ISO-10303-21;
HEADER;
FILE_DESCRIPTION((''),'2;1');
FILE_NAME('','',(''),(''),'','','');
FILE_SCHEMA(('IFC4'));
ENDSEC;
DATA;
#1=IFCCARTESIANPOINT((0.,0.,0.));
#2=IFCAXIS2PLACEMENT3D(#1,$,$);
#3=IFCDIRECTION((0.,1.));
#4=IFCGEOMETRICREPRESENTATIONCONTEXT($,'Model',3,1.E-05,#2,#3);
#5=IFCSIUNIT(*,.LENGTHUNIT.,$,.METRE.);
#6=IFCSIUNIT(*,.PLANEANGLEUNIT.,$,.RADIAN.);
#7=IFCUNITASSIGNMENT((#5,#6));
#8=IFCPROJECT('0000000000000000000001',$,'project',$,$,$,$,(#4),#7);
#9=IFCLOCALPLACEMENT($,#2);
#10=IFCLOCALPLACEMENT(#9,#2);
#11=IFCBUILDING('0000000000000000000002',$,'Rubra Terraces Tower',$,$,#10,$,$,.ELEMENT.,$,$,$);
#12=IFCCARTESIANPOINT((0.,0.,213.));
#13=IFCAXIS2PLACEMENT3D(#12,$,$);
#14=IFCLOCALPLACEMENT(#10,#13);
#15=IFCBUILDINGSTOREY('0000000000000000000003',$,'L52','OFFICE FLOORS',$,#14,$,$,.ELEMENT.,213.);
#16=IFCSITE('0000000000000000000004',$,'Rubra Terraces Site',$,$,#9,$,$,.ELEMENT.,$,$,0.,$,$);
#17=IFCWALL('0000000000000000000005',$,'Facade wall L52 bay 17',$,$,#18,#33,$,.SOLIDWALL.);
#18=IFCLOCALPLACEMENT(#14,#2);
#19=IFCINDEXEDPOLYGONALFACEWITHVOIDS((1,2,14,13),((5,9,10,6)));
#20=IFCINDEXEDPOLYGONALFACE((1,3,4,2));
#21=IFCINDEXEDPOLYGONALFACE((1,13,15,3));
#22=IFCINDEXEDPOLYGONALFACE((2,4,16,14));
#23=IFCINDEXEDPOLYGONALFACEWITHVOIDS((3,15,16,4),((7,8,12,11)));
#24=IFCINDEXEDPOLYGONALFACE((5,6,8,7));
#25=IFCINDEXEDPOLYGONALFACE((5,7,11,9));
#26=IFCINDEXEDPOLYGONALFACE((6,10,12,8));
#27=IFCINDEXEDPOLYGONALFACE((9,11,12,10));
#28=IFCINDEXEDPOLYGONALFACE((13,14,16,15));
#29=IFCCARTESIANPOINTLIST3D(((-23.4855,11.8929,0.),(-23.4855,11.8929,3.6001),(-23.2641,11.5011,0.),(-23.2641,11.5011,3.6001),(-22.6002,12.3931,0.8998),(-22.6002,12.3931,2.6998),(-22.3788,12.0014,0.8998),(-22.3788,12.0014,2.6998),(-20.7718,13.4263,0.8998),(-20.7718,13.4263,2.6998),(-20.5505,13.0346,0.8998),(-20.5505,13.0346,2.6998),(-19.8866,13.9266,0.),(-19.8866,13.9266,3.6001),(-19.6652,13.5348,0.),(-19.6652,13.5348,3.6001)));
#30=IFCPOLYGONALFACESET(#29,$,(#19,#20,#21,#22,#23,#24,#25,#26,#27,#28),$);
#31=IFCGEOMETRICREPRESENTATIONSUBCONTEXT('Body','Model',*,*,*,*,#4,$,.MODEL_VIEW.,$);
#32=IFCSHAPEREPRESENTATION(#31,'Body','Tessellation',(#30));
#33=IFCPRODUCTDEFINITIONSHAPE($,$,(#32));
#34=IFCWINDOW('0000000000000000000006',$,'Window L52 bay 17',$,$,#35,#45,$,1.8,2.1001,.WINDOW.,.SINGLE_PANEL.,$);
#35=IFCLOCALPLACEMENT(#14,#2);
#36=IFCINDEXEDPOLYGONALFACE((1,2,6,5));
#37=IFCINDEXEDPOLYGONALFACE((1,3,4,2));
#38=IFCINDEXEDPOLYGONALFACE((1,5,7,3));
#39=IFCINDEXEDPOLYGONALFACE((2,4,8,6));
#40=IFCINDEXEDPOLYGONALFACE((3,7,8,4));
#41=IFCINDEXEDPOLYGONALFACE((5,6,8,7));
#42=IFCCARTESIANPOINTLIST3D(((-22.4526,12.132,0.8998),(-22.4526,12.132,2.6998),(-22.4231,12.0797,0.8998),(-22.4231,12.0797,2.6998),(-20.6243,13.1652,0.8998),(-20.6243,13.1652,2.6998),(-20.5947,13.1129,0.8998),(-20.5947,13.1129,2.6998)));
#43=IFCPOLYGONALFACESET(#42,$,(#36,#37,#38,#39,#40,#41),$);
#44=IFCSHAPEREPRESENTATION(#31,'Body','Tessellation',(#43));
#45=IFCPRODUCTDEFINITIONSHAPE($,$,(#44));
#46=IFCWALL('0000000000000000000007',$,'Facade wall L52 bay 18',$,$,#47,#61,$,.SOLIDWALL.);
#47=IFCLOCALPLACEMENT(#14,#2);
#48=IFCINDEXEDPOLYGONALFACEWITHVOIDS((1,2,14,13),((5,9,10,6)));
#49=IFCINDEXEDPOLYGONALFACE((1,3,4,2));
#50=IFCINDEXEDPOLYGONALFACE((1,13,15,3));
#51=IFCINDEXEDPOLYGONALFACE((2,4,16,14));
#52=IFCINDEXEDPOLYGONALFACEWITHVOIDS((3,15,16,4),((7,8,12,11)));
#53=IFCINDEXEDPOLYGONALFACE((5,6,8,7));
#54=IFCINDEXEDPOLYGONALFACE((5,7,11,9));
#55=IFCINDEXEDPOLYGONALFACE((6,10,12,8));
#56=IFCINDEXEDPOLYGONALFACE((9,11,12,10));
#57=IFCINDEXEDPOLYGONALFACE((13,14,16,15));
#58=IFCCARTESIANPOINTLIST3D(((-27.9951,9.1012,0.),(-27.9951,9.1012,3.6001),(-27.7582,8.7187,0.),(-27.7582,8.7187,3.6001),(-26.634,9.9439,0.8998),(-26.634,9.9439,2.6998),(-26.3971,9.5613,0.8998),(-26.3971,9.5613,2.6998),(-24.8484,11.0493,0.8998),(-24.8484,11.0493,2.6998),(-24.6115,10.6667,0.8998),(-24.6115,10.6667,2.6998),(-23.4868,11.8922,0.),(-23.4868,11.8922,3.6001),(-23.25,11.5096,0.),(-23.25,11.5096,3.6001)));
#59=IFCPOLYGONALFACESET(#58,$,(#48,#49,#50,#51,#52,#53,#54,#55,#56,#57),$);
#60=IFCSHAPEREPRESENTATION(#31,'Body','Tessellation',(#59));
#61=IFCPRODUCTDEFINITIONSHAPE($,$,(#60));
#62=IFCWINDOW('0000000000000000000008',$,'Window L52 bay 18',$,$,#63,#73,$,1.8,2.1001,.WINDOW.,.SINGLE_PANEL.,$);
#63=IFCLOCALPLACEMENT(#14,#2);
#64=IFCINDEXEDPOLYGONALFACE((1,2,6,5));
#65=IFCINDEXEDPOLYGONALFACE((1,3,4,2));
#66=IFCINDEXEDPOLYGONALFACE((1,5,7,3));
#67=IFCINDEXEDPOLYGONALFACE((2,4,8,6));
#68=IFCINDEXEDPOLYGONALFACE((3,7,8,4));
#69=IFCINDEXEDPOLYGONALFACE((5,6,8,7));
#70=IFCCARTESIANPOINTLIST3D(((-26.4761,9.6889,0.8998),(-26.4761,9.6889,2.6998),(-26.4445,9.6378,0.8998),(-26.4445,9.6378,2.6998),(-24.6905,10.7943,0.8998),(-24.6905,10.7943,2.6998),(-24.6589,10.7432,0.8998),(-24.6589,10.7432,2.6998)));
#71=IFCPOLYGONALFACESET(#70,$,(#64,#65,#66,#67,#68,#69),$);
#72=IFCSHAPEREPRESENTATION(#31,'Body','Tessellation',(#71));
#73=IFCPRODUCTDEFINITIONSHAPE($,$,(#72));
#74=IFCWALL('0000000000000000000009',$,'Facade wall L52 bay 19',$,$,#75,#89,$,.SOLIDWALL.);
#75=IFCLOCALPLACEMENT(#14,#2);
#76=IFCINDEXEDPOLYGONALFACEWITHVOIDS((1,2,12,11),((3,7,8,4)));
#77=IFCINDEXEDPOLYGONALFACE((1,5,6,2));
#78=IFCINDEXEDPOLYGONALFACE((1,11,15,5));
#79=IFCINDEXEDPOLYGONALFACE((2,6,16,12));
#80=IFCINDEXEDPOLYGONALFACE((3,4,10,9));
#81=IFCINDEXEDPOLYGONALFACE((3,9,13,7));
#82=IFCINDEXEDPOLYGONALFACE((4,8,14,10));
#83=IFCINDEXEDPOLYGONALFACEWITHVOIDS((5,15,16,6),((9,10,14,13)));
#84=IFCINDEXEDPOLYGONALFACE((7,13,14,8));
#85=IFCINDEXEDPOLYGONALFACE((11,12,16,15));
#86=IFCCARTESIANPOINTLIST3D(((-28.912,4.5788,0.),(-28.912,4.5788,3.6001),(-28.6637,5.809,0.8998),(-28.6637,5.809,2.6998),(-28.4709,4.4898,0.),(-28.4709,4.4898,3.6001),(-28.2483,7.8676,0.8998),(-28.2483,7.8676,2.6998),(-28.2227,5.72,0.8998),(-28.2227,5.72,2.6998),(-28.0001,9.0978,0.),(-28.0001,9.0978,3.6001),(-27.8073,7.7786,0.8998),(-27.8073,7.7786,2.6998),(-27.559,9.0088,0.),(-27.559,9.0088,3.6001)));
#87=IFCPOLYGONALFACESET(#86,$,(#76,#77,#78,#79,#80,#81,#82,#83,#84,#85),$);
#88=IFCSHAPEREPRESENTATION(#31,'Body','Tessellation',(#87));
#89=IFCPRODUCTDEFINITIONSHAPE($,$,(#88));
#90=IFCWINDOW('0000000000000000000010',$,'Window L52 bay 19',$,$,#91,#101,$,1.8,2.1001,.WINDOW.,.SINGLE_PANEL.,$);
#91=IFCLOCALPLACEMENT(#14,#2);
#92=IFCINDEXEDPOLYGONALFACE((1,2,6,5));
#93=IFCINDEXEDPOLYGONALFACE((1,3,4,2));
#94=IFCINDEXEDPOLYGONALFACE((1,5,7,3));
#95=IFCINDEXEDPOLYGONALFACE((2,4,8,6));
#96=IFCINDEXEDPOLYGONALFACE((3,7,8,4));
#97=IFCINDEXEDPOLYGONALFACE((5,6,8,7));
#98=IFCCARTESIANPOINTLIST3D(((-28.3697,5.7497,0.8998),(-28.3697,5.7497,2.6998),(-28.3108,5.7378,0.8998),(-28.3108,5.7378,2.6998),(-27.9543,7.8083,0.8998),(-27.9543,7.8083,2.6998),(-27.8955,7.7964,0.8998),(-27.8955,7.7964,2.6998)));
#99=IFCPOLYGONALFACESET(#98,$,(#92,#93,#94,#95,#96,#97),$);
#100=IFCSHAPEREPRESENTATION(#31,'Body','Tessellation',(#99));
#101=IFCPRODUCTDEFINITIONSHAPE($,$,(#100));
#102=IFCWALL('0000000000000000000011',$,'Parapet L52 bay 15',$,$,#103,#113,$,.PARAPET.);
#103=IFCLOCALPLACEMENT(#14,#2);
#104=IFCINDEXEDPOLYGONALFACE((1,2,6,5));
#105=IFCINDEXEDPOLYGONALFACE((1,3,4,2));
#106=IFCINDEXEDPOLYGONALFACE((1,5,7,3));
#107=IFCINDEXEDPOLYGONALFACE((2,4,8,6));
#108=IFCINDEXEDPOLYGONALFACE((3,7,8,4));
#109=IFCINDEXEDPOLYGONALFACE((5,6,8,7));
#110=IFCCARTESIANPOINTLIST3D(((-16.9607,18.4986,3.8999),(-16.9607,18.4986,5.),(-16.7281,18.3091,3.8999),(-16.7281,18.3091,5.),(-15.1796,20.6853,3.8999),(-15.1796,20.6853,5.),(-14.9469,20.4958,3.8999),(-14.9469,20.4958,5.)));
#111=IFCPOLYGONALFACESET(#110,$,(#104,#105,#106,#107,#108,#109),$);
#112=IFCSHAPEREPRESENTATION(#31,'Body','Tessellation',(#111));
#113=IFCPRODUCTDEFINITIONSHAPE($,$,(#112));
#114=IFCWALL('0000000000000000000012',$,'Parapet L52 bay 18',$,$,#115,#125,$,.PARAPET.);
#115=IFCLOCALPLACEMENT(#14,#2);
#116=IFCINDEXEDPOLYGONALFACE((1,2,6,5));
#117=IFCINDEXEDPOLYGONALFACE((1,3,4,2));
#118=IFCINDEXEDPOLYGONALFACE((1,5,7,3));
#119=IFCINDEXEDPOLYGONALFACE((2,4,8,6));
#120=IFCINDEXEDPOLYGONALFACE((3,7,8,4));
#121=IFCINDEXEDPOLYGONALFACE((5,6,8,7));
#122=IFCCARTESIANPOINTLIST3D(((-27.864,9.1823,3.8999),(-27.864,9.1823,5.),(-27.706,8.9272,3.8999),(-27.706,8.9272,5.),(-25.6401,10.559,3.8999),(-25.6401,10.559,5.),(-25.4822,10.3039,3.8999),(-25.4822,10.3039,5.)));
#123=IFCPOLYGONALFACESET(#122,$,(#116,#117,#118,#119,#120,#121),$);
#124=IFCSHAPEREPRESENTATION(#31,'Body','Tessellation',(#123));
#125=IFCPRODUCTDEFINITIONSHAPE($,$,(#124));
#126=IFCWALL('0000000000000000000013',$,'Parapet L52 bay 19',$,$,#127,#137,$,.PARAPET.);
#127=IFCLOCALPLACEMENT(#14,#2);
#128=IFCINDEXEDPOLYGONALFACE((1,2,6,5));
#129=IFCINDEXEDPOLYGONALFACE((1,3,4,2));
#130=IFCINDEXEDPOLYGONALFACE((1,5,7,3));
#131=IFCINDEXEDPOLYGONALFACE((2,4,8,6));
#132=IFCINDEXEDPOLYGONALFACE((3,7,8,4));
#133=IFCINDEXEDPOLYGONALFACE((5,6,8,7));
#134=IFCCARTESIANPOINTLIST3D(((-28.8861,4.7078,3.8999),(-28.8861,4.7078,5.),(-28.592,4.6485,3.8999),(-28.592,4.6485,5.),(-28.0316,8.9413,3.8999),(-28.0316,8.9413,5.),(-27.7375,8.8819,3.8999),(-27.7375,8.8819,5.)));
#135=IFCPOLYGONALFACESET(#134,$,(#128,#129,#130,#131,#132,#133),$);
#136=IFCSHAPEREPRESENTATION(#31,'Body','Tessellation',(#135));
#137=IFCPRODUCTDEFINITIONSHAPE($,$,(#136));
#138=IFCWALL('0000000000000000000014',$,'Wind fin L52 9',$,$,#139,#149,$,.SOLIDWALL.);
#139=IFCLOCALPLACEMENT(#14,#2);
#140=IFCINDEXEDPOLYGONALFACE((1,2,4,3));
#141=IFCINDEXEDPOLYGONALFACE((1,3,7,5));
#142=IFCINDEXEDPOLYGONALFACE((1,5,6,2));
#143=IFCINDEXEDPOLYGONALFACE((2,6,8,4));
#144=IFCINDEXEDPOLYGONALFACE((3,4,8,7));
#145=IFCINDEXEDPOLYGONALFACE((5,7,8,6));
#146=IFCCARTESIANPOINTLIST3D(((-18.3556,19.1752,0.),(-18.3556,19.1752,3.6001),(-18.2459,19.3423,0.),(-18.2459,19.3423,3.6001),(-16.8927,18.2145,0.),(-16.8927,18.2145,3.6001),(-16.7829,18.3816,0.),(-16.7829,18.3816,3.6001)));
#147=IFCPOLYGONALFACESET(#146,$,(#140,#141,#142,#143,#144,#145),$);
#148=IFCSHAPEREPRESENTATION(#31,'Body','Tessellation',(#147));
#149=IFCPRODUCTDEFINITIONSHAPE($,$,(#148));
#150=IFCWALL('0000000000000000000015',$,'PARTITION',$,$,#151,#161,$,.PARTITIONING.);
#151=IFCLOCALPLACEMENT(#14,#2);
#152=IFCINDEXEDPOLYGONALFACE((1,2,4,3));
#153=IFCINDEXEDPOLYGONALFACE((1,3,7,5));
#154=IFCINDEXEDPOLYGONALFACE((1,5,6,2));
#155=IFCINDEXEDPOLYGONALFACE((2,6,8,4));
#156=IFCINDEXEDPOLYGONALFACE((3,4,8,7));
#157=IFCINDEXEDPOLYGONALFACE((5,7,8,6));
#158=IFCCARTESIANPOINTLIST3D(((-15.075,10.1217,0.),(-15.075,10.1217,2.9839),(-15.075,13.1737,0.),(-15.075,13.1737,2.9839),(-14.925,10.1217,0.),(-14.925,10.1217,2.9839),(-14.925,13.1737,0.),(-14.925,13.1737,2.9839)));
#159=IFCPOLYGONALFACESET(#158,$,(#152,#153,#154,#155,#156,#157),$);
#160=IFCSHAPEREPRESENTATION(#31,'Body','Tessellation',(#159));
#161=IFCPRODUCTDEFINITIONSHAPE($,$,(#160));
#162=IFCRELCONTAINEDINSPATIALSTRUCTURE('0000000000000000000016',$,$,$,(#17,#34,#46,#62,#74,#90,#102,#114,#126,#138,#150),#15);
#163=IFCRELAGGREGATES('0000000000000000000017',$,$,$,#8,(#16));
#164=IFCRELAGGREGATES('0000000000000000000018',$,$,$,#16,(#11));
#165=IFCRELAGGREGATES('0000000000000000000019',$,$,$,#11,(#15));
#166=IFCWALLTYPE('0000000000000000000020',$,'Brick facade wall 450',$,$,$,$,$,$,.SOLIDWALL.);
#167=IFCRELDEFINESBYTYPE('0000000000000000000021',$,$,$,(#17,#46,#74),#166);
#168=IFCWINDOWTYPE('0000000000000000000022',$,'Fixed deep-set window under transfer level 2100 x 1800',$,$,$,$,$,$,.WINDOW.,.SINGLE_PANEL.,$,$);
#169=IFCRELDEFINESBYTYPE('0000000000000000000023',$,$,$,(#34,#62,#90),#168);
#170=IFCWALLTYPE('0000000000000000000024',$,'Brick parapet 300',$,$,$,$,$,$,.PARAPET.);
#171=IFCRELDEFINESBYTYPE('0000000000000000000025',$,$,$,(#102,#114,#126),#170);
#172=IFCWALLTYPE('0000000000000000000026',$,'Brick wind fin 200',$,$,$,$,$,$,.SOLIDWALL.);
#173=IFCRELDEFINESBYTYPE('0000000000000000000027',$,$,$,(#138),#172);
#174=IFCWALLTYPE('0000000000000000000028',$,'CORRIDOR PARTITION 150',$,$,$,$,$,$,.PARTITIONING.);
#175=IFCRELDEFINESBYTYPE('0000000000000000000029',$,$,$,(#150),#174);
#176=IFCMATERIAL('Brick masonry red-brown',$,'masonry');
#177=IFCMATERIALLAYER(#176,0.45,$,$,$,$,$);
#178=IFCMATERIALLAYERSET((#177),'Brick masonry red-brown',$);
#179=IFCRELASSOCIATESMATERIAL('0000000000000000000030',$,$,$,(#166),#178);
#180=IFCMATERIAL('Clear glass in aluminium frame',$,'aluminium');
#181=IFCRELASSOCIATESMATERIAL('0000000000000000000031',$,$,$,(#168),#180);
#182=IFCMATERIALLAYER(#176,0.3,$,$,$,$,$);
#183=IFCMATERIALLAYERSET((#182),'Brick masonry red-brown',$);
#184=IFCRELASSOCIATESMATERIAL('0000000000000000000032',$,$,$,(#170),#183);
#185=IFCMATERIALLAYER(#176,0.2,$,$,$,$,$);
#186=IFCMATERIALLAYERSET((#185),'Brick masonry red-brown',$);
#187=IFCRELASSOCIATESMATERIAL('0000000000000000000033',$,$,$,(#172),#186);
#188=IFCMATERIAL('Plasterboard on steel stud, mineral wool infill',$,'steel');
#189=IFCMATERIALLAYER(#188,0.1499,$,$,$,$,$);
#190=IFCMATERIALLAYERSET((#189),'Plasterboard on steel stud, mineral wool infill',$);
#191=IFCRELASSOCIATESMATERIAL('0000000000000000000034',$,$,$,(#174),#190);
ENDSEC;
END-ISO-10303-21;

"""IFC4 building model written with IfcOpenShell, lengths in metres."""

from ifc_helpers import new_model, si_unit, direction, frame, frame_2d, origin, place, context, subcontext, project, spatial, rectangle, extrude, material, layer, layer_set, type_object, element, fill, save


model = new_model("IFC4")

# Units and contexts
model_context = context("Model", 3, precision=1e-05, world=origin(), true_north=direction((0.0, 1.0)))
body_context = subcontext(model_context, "Body", "Model", "MODEL_VIEW")
ifc_project = project(units=[si_unit("LENGTHUNIT", "METRE"), si_unit("PLANEANGLEUNIT", "RADIAN")], contexts=[model_context])

# Site, building, storey
site_placement = place(None, origin())
site = spatial("IfcSite", under=ifc_project, at=site_placement, Name="Rubra Terraces Site", CompositionType="ELEMENT", RefElevation=0.0)
building_placement = place(site_placement, origin())
building = spatial("IfcBuilding", under=site, at=building_placement, Name="Rubra Terraces Tower", CompositionType="ELEMENT")
storey_placement = place(building_placement, frame((0.0, 0.0, 213.0)))
storey = spatial("IfcBuildingStorey", under=building, at=storey_placement, Name="L52", Description="OFFICE FLOORS", CompositionType="ELEMENT", Elevation=213.0)

# Walls, openings, windows
ifc_material_1 = material(Name="Brick masonry red-brown", Category="masonry")
ifc_layer_1 = layer(ifc_material_1, 0.45)
ifc_layer_set_1 = layer_set([ifc_layer_1], Name="Brick masonry red-brown")
wall_type_1 = type_object("IfcWallType", Name="Brick facade wall 450", PredefinedType="SOLIDWALL", material=ifc_layer_set_1)
ifc_material_2 = material(Name="Clear glass in aluminium frame", Category="aluminium")
window_type = type_object("IfcWindowType", Name="Fixed deep-set window under transfer level 2100 x 1800", PartitioningType="SINGLE_PANEL", PredefinedType="WINDOW", material=ifc_material_2)
wall_1_placement = place(storey_placement, frame((-19.7759, 13.7307, 0.0), z_axis=(0.0, 0.0, 1.0), x_axis=(-0.87061, -0.491974, 0.0)))
wall_1 = element("IfcWall", 1, at=wall_1_placement, inside=storey, type_object=wall_type_1, Name="Facade wall L52 bay 17", PredefinedType="SOLIDWALL", context=body_context, shape_type="SweptSolid", body=[
    extrude(rectangle(XDim=4.1338, YDim=0.45, at=frame_2d((2.0669, 0.0))), origin(), (0.0, 0.0, 1.0), 3.6001),
])
opening_1_placement = place(wall_1_placement, frame((1.0168, 0.0, 0.8999)))
opening_1 = element("IfcOpeningElement", 2, at=opening_1_placement, cuts=wall_1, PredefinedType="OPENING", context=body_context, shape_type="SweptSolid", body=[
    extrude(rectangle(XDim=2.1001, YDim=1.8, at=frame_2d((1.05, 0.8999))), frame((0.0, 0.2349, 0.0), z_axis=(0.0, -1.0, 0.0), x_axis=(1.0, 0.0, 0.0)), (0.0, 0.0, 1.0), 0.47),
])
window_1_placement = place(opening_1_placement, origin())
window_1 = element("IfcWindow", 3, at=window_1_placement, inside=storey, type_object=window_type, Name="Window L52 bay 17", OverallHeight=1.8, OverallWidth=2.1001, PartitioningType="SINGLE_PANEL", PredefinedType="WINDOW", context=body_context, shape_type="SweptSolid", body=[
    extrude(rectangle(XDim=2.1001, YDim=1.8, at=frame_2d((1.05, 0.8999))), frame((0.0, 0.135, 0.0), z_axis=(0.0, -1.0, 0.0), x_axis=(1.0, 0.0, 0.0)), (0.0, 0.0, 1.0), 0.0601),
])
fill(opening_1, window_1)
wall_2_placement = place(storey_placement, frame((-23.3684, 11.7009, 0.0), z_axis=(0.0, 0.0, 1.0), x_axis=(-0.850251, -0.526377, 0.0)))
wall_2 = element("IfcWall", 4, at=wall_2_placement, inside=storey, type_object=wall_type_1, Name="Facade wall L52 bay 18", PredefinedType="SOLIDWALL", context=body_context, shape_type="SweptSolid", body=[
    extrude(rectangle(XDim=5.3022, YDim=0.45, at=frame_2d((2.6511, 0.0))), origin(), (0.0, 0.0, 1.0), 3.6001),
])
opening_2_placement = place(wall_2_placement, frame((1.6013, 0.0, 0.8999)))
opening_2 = element("IfcOpeningElement", 5, at=opening_2_placement, cuts=wall_2, PredefinedType="OPENING", context=body_context, shape_type="SweptSolid", body=[
    extrude(rectangle(XDim=2.1001, YDim=1.8, at=frame_2d((1.05, 0.8999))), frame((0.0, 0.2349, 0.0), z_axis=(0.0, -1.0, 0.0), x_axis=(1.0, 0.0, 0.0)), (0.0, 0.0, 1.0), 0.47),
])
window_2_placement = place(opening_2_placement, origin())
window_2 = element("IfcWindow", 6, at=window_2_placement, inside=storey, type_object=window_type, Name="Window L52 bay 18", OverallHeight=1.8, OverallWidth=2.1001, PartitioningType="SINGLE_PANEL", PredefinedType="WINDOW", context=body_context, shape_type="SweptSolid", body=[
    extrude(rectangle(XDim=2.1001, YDim=1.8, at=frame_2d((1.05, 0.8999))), frame((0.0, 0.135, 0.0), z_axis=(0.0, -1.0, 0.0), x_axis=(1.0, 0.0, 0.0)), (0.0, 0.0, 1.0), 0.0601),
])
fill(opening_2, window_2)
wall_3_placement = place(storey_placement, frame((-27.7795, 9.0535, 0.0), z_axis=(0.0, 0.0, 1.0), x_axis=(-0.197796, -0.980243, 0.0)))
wall_3 = element("IfcWall", 7, at=wall_3_placement, inside=storey, type_object=wall_type_1, Name="Facade wall L52 bay 19", PredefinedType="SOLIDWALL", context=body_context, shape_type="SweptSolid", body=[
    extrude(rectangle(XDim=4.6101, YDim=0.45, at=frame_2d((2.3052, 0.0))), origin(), (0.0, 0.0, 1.0), 3.6001),
])
opening_3_placement = place(wall_3_placement, frame((1.2551, 0.0, 0.8999)))
opening_3 = element("IfcOpeningElement", 8, at=opening_3_placement, cuts=wall_3, PredefinedType="OPENING", context=body_context, shape_type="SweptSolid", body=[
    extrude(rectangle(XDim=2.1001, YDim=1.8, at=frame_2d((1.05, 0.8999))), frame((0.0, 0.2349, 0.0), z_axis=(0.0, -1.0, 0.0), x_axis=(1.0, 0.0, 0.0)), (0.0, 0.0, 1.0), 0.47),
])
window_3_placement = place(opening_3_placement, origin())
window_3 = element("IfcWindow", 9, at=window_3_placement, inside=storey, type_object=window_type, Name="Window L52 bay 19", OverallHeight=1.8, OverallWidth=2.1001, PartitioningType="SINGLE_PANEL", PredefinedType="WINDOW", context=body_context, shape_type="SweptSolid", body=[
    extrude(rectangle(XDim=2.1001, YDim=1.8, at=frame_2d((1.05, 0.8999))), frame((0.0, 0.135, 0.0), z_axis=(0.0, -1.0, 0.0), x_axis=(1.0, 0.0, 0.0)), (0.0, 0.0, 1.0), 0.0601),
])
fill(opening_3, window_3)

# Walls
ifc_layer_2 = layer(ifc_material_1, 0.3)
ifc_layer_set_2 = layer_set([ifc_layer_2], Name="Brick masonry red-brown")
wall_type_2 = type_object("IfcWallType", Name="Brick parapet 300", PredefinedType="PARAPET", material=ifc_layer_set_2)
wall_4_placement = place(storey_placement, frame((-15.0632, 20.5906, 3.8999), z_axis=(0.0, 0.0, 1.0), x_axis=(-0.631553, -0.775332, 0.0)))
element("IfcWall", 10, at=wall_4_placement, inside=storey, type_object=wall_type_2, Name="Parapet L52 bay 15", PredefinedType="PARAPET", context=body_context, shape_type="SweptSolid", body=[
    extrude(rectangle(XDim=2.8203, YDim=0.3, at=frame_2d((1.4102, 0.0))), origin(), (0.0, 0.0, 1.0), 1.1001),
])
wall_5_placement = place(storey_placement, frame((-25.5613, 10.4314, 3.8999), z_axis=(0.0, 0.0, 1.0), x_axis=(-0.850261, -0.526361, 0.0)))
element("IfcWall", 11, at=wall_5_placement, inside=storey, type_object=wall_type_2, Name="Parapet L52 bay 18", PredefinedType="PARAPET", context=body_context, shape_type="SweptSolid", body=[
    extrude(rectangle(XDim=2.6155, YDim=0.3, at=frame_2d((1.3076, 0.0))), origin(), (0.0, 0.0, 1.0), 1.1001),
])
wall_6_placement = place(storey_placement, frame((-27.8845, 8.9116, 3.8999), z_axis=(0.0, 0.0, 1.0), x_axis=(-0.197855, -0.980231, 0.0)))
element("IfcWall", 12, at=wall_6_placement, inside=storey, type_object=wall_type_2, Name="Parapet L52 bay 19", PredefinedType="PARAPET", context=body_context, shape_type="SweptSolid", body=[
    extrude(rectangle(XDim=4.3188, YDim=0.3, at=frame_2d((2.1594, 0.0))), origin(), (0.0, 0.0, 1.0), 1.1001),
])
ifc_layer_3 = layer(ifc_material_1, 0.2)
ifc_layer_set_3 = layer_set([ifc_layer_3], Name="Brick masonry red-brown")
wall_type_3 = type_object("IfcWallType", Name="Brick wind fin 200", PredefinedType="SOLIDWALL", material=ifc_layer_set_3)
wall_7_placement = place(storey_placement, frame((-16.8379, 18.2981, 0.0), z_axis=(0.0, 0.0, 1.0), x_axis=(-0.835872, 0.548925, 0.0)))
element("IfcWall", 13, at=wall_7_placement, inside=storey, type_object=wall_type_3, Name="Wind fin L52 9", PredefinedType="SOLIDWALL", context=body_context, shape_type="SweptSolid", body=[
    extrude(rectangle(XDim=1.7502, YDim=0.2, at=frame_2d((0.875, 0.0))), origin(), (0.0, 0.0, 1.0), 3.6001),
])
ifc_material_3 = material(Name="Plasterboard on steel stud, mineral wool infill", Category="steel")
ifc_layer_4 = layer(ifc_material_3, 0.1499)
ifc_layer_set_4 = layer_set([ifc_layer_4], Name="Plasterboard on steel stud, mineral wool infill")
wall_type_4 = type_object("IfcWallType", Name="CORRIDOR PARTITION 150", PredefinedType="PARTITIONING", material=ifc_layer_set_4)
wall_8_placement = place(storey_placement, frame((-15.0, 13.1736, 0.0), z_axis=(0.0, 0.0, 1.0), x_axis=(0.0, -1.0, 0.0)))
element("IfcWall", 14, at=wall_8_placement, inside=storey, type_object=wall_type_4, Name="PARTITION", PredefinedType="PARTITIONING", context=body_context, shape_type="SweptSolid", body=[
    extrude(rectangle(XDim=3.052, YDim=0.1499, at=frame_2d((1.5259, 0.0))), origin(), (0.0, 0.0, 1.0), 2.9839),
])

save(model, "model.ifc")
